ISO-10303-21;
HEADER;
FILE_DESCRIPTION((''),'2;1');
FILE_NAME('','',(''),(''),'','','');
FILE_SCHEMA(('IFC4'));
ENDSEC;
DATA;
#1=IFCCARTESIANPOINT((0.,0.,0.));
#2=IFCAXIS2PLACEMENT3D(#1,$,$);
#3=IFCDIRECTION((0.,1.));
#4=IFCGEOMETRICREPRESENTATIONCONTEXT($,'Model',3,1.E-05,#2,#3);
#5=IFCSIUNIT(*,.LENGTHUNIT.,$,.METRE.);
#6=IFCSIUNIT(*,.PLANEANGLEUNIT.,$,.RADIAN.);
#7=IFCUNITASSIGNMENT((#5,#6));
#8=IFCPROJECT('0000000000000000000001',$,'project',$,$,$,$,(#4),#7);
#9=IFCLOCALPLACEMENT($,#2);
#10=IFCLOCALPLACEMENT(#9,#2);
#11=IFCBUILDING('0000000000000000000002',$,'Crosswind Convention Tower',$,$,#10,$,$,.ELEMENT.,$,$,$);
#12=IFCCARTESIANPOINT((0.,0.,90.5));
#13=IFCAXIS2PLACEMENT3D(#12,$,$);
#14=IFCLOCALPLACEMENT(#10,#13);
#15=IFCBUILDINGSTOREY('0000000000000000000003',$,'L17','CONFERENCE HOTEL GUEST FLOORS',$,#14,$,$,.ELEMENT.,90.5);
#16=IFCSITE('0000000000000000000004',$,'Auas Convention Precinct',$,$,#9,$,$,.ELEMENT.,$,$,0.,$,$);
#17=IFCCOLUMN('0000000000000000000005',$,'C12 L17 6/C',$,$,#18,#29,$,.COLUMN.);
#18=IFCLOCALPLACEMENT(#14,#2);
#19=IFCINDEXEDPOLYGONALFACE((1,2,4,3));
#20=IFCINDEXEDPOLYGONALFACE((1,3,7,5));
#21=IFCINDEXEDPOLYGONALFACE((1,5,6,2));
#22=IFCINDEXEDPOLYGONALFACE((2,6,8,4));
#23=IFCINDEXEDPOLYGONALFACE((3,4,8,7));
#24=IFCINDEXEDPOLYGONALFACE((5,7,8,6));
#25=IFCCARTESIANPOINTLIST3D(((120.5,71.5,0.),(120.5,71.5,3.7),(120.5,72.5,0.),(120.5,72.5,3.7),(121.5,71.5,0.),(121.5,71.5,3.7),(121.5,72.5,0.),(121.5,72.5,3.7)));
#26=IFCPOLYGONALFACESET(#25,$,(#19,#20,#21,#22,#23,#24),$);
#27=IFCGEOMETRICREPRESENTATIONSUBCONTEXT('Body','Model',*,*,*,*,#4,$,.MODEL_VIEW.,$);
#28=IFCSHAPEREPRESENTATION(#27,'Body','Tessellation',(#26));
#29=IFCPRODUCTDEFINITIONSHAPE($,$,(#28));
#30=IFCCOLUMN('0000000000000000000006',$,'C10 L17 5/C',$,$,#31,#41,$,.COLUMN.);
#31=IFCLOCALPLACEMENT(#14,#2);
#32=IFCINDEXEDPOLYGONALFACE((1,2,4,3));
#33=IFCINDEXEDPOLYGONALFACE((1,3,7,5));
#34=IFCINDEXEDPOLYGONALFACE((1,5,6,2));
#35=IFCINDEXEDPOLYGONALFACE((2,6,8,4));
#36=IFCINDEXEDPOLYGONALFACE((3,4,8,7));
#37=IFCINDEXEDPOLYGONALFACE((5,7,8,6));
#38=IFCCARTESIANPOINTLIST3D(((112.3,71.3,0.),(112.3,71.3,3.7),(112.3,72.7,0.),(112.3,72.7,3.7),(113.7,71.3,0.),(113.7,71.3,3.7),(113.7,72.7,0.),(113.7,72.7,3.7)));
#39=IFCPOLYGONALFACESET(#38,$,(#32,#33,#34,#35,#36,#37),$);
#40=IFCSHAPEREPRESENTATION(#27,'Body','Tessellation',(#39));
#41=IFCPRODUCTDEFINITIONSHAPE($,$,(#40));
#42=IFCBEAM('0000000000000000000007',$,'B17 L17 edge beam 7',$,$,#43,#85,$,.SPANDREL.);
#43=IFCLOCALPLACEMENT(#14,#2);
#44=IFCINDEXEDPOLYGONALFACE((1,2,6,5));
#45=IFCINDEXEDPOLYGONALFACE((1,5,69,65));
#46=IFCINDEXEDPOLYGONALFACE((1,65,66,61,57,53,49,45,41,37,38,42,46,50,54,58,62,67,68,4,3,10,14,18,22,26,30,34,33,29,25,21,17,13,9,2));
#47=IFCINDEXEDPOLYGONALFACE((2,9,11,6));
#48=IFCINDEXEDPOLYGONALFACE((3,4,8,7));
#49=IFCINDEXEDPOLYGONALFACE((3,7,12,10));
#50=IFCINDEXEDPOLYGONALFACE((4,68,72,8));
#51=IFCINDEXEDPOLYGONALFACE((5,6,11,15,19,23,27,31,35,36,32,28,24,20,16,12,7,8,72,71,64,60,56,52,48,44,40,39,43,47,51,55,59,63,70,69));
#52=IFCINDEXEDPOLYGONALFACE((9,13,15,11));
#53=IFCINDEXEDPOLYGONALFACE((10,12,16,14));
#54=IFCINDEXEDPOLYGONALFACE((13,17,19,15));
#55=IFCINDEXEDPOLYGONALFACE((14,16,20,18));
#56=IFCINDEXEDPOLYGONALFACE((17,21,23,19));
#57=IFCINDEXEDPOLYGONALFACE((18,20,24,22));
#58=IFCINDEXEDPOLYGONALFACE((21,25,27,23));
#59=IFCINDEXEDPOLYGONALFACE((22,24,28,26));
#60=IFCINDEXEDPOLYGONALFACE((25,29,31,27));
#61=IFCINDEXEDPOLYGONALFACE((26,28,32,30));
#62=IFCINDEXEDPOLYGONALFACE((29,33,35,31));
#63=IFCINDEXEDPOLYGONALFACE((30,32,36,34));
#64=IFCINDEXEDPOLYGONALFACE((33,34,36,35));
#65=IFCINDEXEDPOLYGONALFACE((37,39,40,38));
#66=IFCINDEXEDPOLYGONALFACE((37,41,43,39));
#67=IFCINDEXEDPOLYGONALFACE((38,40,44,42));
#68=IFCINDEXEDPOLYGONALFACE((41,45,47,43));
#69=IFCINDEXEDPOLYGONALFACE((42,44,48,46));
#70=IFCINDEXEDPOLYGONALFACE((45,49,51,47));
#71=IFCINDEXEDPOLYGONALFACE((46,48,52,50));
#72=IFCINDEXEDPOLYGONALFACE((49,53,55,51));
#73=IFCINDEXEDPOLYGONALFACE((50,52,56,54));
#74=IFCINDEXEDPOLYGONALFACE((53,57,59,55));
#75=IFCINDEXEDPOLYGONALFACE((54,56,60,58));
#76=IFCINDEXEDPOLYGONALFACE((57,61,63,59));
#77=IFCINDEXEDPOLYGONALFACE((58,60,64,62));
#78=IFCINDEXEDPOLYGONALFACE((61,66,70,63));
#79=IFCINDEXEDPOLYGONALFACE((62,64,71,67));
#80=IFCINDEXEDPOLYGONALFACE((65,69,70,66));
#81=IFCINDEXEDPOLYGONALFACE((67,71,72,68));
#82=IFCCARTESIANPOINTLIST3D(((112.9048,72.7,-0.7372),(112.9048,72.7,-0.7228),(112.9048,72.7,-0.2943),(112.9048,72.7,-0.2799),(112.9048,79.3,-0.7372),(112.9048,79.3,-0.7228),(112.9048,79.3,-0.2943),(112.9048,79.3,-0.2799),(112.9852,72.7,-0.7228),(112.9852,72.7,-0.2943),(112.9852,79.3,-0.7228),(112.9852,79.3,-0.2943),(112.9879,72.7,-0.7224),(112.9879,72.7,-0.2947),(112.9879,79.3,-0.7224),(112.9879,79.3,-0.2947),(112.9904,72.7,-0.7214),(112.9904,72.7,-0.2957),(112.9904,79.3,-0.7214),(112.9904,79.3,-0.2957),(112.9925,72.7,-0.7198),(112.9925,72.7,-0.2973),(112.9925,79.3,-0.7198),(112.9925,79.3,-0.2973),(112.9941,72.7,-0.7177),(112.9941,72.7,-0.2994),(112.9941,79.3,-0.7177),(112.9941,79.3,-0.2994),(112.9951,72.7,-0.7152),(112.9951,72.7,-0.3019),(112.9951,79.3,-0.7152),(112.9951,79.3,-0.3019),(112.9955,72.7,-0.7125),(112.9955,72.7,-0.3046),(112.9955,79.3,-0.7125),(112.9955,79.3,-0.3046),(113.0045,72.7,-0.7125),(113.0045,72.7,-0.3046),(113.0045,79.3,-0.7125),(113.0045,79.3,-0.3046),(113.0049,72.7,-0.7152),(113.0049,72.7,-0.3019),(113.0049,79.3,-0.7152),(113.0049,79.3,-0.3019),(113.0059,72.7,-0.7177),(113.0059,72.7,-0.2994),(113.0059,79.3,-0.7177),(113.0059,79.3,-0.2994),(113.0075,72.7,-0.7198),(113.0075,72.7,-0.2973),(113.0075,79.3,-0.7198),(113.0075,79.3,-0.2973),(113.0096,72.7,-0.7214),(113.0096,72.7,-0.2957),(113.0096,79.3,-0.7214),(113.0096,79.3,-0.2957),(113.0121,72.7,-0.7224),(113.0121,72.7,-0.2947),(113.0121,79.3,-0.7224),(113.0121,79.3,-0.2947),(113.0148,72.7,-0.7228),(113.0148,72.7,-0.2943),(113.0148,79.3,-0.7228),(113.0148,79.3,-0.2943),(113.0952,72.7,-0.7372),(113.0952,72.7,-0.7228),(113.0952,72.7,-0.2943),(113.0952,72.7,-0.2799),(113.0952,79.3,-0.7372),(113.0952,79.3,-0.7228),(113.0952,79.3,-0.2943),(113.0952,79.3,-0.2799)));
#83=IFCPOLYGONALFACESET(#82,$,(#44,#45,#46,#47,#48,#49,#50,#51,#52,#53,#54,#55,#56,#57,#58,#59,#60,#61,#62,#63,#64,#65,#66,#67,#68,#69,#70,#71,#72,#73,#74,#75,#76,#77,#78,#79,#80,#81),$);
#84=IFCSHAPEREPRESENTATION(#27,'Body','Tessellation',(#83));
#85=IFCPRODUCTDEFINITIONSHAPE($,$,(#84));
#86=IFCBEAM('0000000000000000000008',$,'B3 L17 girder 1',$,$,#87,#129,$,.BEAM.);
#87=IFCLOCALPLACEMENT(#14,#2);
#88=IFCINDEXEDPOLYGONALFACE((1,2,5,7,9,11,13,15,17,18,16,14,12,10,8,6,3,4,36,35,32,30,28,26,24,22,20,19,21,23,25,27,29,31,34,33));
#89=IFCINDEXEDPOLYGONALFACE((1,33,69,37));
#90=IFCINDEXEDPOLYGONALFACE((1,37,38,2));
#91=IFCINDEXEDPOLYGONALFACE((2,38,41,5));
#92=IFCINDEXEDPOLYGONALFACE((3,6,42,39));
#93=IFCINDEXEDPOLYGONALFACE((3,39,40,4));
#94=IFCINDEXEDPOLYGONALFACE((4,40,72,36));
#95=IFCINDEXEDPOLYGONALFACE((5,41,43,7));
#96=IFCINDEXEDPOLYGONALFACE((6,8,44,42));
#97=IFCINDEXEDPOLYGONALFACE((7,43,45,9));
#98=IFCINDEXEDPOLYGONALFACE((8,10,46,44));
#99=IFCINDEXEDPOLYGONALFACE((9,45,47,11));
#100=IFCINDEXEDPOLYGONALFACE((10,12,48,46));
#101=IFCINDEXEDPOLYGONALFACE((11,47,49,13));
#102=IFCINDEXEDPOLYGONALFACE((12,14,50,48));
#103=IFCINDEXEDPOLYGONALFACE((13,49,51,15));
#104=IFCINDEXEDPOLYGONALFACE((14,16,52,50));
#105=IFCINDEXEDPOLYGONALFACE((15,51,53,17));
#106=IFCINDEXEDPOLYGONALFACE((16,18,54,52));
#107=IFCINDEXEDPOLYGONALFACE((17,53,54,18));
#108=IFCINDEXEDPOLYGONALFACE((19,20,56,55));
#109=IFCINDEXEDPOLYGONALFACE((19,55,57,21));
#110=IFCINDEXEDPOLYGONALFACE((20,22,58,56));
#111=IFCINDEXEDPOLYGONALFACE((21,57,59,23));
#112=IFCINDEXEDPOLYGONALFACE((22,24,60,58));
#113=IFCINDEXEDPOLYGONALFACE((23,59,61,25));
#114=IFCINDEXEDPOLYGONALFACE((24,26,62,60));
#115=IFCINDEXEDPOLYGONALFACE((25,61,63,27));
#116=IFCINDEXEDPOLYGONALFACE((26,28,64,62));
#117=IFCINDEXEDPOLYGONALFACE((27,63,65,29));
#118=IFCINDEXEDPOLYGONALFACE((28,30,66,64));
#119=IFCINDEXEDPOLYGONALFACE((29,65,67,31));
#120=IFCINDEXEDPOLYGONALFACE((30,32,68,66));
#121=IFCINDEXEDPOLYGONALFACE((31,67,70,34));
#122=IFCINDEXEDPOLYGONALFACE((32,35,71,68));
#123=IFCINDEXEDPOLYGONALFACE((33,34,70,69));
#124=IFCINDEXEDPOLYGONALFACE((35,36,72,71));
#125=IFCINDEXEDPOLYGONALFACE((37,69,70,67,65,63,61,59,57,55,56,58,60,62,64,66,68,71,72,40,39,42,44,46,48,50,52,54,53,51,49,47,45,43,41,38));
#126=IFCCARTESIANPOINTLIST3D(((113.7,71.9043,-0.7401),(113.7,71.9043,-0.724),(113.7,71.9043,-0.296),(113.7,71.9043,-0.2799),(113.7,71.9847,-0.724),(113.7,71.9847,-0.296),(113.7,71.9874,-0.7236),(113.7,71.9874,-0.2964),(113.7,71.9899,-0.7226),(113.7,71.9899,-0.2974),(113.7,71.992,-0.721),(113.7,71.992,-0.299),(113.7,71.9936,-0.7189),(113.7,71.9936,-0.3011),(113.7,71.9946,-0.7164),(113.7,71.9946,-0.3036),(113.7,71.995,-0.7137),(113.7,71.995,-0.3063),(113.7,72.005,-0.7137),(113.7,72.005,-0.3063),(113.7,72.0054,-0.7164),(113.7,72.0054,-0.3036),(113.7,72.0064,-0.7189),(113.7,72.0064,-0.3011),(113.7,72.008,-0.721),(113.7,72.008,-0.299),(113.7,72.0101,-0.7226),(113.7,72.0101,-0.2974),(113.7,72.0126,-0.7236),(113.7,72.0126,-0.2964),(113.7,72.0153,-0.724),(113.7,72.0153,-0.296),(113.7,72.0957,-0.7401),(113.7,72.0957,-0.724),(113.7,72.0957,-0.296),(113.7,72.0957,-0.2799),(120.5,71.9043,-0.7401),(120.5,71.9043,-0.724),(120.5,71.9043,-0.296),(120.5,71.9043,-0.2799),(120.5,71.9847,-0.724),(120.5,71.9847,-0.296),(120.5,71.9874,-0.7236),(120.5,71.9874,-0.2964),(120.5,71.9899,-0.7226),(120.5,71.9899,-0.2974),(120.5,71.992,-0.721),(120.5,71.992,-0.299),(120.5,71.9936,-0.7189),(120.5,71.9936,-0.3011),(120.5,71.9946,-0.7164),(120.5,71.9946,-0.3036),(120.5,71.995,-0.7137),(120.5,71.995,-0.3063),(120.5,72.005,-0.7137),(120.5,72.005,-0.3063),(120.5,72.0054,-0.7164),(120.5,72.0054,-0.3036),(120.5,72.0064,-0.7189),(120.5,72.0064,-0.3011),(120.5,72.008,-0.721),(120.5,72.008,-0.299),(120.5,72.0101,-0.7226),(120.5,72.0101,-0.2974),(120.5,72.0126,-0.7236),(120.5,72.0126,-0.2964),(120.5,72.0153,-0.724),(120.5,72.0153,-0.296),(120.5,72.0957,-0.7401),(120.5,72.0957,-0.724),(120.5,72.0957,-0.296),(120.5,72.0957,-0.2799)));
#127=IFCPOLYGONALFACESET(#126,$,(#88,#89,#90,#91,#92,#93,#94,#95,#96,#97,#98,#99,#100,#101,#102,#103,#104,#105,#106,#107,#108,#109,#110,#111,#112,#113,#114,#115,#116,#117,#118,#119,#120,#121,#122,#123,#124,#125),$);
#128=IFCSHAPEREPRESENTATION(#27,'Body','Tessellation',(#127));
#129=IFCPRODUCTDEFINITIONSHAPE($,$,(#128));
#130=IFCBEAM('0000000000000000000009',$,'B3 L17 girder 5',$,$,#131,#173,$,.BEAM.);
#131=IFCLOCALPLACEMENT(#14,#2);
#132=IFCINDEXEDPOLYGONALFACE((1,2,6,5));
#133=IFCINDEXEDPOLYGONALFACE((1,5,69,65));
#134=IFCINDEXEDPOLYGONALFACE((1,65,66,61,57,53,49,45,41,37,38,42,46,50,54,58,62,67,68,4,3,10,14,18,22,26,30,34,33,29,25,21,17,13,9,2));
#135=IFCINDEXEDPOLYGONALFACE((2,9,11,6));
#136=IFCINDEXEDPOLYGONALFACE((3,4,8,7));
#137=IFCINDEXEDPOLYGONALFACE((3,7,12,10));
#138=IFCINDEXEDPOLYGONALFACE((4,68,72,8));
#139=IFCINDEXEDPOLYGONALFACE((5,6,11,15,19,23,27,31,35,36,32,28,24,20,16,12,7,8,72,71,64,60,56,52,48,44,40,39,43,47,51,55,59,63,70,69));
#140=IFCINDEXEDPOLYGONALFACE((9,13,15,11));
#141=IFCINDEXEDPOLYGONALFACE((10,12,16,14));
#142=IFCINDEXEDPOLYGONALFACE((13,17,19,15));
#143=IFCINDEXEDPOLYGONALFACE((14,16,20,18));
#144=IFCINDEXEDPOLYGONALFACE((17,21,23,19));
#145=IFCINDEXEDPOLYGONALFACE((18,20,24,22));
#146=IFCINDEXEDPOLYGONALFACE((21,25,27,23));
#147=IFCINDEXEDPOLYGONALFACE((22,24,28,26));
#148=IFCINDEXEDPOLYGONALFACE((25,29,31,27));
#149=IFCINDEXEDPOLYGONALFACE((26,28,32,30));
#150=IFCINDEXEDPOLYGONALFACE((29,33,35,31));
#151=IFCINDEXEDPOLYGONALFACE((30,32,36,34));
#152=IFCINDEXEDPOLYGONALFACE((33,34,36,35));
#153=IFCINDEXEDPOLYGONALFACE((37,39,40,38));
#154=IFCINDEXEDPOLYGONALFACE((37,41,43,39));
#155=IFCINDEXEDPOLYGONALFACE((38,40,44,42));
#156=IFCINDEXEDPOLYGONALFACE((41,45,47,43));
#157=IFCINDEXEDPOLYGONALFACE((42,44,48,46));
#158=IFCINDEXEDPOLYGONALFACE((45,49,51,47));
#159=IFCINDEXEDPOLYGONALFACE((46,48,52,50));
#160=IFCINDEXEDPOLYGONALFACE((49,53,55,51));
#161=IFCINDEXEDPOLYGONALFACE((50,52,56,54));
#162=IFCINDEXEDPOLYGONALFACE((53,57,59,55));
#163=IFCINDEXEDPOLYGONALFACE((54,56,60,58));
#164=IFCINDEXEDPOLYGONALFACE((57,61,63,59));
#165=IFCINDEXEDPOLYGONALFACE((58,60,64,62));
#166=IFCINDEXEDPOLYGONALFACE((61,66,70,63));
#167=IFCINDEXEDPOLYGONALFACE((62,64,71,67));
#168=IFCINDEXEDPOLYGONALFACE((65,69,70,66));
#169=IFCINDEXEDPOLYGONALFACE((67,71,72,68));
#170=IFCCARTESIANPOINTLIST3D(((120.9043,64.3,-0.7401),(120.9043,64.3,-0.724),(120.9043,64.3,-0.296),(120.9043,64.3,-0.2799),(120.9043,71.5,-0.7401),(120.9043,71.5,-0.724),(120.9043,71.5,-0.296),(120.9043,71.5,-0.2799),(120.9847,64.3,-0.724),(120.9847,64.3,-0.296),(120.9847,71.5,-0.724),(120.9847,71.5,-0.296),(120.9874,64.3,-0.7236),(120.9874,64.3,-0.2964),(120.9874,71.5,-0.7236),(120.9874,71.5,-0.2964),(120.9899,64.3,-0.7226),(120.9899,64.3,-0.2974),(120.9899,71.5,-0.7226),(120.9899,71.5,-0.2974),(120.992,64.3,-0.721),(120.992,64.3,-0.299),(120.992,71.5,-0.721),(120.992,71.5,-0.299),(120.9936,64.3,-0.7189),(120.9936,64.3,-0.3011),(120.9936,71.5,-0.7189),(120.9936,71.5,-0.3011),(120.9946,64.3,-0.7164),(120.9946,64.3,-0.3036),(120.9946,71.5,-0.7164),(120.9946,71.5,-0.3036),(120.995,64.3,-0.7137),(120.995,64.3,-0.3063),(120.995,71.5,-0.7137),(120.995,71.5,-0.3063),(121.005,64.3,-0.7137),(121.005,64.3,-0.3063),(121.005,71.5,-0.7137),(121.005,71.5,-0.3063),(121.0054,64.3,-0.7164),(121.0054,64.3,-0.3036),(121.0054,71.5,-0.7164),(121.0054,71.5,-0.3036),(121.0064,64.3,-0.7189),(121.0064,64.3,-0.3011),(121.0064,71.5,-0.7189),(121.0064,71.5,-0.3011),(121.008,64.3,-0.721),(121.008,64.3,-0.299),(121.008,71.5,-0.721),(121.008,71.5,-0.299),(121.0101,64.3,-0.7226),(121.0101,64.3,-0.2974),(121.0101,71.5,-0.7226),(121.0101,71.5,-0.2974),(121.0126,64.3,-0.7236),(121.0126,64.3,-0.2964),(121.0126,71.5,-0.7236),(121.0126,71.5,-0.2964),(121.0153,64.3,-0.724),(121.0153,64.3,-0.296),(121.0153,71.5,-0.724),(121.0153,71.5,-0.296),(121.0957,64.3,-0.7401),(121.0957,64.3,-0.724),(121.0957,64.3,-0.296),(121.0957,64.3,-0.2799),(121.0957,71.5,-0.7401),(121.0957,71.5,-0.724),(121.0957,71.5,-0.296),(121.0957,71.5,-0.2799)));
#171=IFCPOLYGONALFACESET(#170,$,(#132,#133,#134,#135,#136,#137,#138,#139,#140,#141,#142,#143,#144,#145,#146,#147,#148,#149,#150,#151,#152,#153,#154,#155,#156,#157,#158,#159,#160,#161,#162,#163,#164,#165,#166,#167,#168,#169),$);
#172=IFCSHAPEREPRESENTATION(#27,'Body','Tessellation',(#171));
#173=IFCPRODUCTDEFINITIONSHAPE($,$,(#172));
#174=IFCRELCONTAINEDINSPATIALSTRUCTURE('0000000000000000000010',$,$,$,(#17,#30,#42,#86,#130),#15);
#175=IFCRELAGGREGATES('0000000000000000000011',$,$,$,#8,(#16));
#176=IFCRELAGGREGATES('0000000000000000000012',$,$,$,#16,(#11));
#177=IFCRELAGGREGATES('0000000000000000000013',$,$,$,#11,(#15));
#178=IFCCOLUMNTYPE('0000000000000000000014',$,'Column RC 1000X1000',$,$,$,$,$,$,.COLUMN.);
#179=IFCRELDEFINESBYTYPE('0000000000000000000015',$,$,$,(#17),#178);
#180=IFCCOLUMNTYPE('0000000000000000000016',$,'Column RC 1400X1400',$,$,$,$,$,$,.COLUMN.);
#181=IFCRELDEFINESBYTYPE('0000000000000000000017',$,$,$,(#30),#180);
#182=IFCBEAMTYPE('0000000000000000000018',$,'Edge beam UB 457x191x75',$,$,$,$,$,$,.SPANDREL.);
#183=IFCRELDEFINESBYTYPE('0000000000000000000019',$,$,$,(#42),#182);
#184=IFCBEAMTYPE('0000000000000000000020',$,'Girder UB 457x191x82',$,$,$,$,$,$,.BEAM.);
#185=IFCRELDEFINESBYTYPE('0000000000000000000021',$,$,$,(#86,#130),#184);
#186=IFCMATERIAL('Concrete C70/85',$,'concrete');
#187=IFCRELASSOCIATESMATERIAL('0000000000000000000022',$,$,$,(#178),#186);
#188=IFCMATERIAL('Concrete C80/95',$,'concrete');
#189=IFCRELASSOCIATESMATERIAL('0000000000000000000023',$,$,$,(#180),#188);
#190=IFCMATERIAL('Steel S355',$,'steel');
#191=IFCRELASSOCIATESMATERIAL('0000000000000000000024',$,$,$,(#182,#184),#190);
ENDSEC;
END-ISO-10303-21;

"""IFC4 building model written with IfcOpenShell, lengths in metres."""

from ifc_helpers import new_model, si_unit, direction, frame, origin, origin_2d, place, context, subcontext, project, spatial, rectangle, i_section, extrude, material, material_profile, profile_set, type_object, element, save


model = new_model("IFC4")

# Units and contexts
model_context = context("Model", 3, precision=1e-05, world=origin(), true_north=direction((0.0, 1.0)))
body_context = subcontext(model_context, "Body", "Model", "MODEL_VIEW")
ifc_project = project(units=[si_unit("LENGTHUNIT", "METRE"), si_unit("PLANEANGLEUNIT", "RADIAN")], contexts=[model_context])

# Site, building, storey
site_placement = place(None, origin())
site = spatial("IfcSite", under=ifc_project, at=site_placement, Name="Auas Convention Precinct", CompositionType="ELEMENT", RefElevation=0.0)
building_placement = place(site_placement, origin())
building = spatial("IfcBuilding", under=site, at=building_placement, Name="Crosswind Convention Tower", CompositionType="ELEMENT")
storey_placement = place(building_placement, frame((0.0, 0.0, 90.5)))
storey = spatial("IfcBuildingStorey", under=building, at=storey_placement, Name="L17", Description="CONFERENCE HOTEL GUEST FLOORS", CompositionType="ELEMENT", Elevation=90.5)

# Columns
ifc_material_1 = material(Name="Concrete C70/85", Category="concrete")
ifc_material_profile_1 = material_profile(ifc_material_1, rectangle(XDim=1.0, YDim=1.0, at=origin_2d()), Name="RC 1000X1000")
ifc_profile_set_1 = profile_set([ifc_material_profile_1], Name="Concrete C70/85")
column_type_1 = type_object("IfcColumnType", Name="Column RC 1000X1000", PredefinedType="COLUMN", material=ifc_profile_set_1)
column_1_placement = place(storey_placement, frame((121.0, 72.0, 0.0), z_axis=(0.0, 0.0, 1.0), x_axis=(1.0, 0.0, 0.0)))
element("IfcColumn", 1, at=column_1_placement, inside=storey, type_object=column_type_1, Name="C12 L17 6/C", PredefinedType="COLUMN", context=body_context, shape_type="SweptSolid", body=[
    extrude(rectangle(XDim=1.0, YDim=1.0, at=origin_2d()), origin(), (0.0, 0.0, 1.0), 3.7),
])
ifc_material_2 = material(Name="Concrete C80/95", Category="concrete")
ifc_material_profile_2 = material_profile(ifc_material_2, rectangle(XDim=1.3999, YDim=1.3999, at=origin_2d()), Name="RC 1400X1400")
ifc_profile_set_2 = profile_set([ifc_material_profile_2], Name="Concrete C80/95")
column_type_2 = type_object("IfcColumnType", Name="Column RC 1400X1400", PredefinedType="COLUMN", material=ifc_profile_set_2)
column_2_placement = place(storey_placement, frame((113.0, 72.0, 0.0), z_axis=(0.0, 0.0, 1.0), x_axis=(1.0, 0.0, 0.0)))
element("IfcColumn", 2, at=column_2_placement, inside=storey, type_object=column_type_2, Name="C10 L17 5/C", PredefinedType="COLUMN", context=body_context, shape_type="SweptSolid", body=[
    extrude(rectangle(XDim=1.3999, YDim=1.3999, at=origin_2d()), origin(), (0.0, 0.0, 1.0), 3.7),
])

# Beams
ifc_material_3 = material(Name="Steel S355", Category="steel")
ifc_material_profile_3 = material_profile(ifc_material_3, i_section(OverallWidth=0.1904, OverallDepth=0.4573, WebThickness=0.009, FlangeThickness=0.0144, FilletRadius=0.0103, at=origin_2d()), Name="UB 457x191x75")
ifc_profile_set_3 = profile_set([ifc_material_profile_3], Name="Steel S355")
beam_type_1 = type_object("IfcBeamType", Name="Edge beam UB 457x191x75", PredefinedType="SPANDREL", material=ifc_profile_set_3)
beam_1_placement = place(storey_placement, frame((113.0, 72.7, -0.5085), z_axis=(0.0, 1.0, 0.0), x_axis=(-1.0, 0.0, 0.0)))
element("IfcBeam", 3, at=beam_1_placement, inside=storey, type_object=beam_type_1, Name="B17 L17 edge beam 7", PredefinedType="SPANDREL", context=body_context, shape_type="SweptSolid", body=[
    extrude(i_section(OverallWidth=0.1904, OverallDepth=0.4573, WebThickness=0.009, FlangeThickness=0.0144, FilletRadius=0.0103, at=origin_2d()), origin(), (0.0, 0.0, 1.0), 6.6001),
])
ifc_material_profile_4 = material_profile(ifc_material_3, i_section(OverallWidth=0.1914, OverallDepth=0.4602, WebThickness=0.01, FlangeThickness=0.0161, FilletRadius=0.0103, at=origin_2d()), Name="UB 457x191x82")
ifc_profile_set_4 = profile_set([ifc_material_profile_4], Name="Steel S355")
beam_type_2 = type_object("IfcBeamType", Name="Girder UB 457x191x82", PredefinedType="BEAM", material=ifc_profile_set_4)
beam_2_placement = place(storey_placement, frame((113.7, 72.0, -0.51), z_axis=(1.0, 0.0, 0.0), x_axis=(0.0, 1.0, 0.0)))
element("IfcBeam", 4, at=beam_2_placement, inside=storey, type_object=beam_type_2, Name="B3 L17 girder 1", PredefinedType="BEAM", context=body_context, shape_type="SweptSolid", body=[
    extrude(i_section(OverallWidth=0.1914, OverallDepth=0.4602, WebThickness=0.01, FlangeThickness=0.0161, FilletRadius=0.0103, at=origin_2d()), origin(), (0.0, 0.0, 1.0), 6.8),
])
beam_3_placement = place(storey_placement, frame((121.0, 64.3, -0.51), z_axis=(0.0, 1.0, 0.0), x_axis=(-1.0, 0.0, 0.0)))
element("IfcBeam", 5, at=beam_3_placement, inside=storey, type_object=beam_type_2, Name="B3 L17 girder 5", PredefinedType="BEAM", context=body_context, shape_type="SweptSolid", body=[
    extrude(i_section(OverallWidth=0.1914, OverallDepth=0.4602, WebThickness=0.01, FlangeThickness=0.0161, FilletRadius=0.0103, at=origin_2d()), origin(), (0.0, 0.0, 1.0), 7.2),
])

save(model, "model.ifc")
